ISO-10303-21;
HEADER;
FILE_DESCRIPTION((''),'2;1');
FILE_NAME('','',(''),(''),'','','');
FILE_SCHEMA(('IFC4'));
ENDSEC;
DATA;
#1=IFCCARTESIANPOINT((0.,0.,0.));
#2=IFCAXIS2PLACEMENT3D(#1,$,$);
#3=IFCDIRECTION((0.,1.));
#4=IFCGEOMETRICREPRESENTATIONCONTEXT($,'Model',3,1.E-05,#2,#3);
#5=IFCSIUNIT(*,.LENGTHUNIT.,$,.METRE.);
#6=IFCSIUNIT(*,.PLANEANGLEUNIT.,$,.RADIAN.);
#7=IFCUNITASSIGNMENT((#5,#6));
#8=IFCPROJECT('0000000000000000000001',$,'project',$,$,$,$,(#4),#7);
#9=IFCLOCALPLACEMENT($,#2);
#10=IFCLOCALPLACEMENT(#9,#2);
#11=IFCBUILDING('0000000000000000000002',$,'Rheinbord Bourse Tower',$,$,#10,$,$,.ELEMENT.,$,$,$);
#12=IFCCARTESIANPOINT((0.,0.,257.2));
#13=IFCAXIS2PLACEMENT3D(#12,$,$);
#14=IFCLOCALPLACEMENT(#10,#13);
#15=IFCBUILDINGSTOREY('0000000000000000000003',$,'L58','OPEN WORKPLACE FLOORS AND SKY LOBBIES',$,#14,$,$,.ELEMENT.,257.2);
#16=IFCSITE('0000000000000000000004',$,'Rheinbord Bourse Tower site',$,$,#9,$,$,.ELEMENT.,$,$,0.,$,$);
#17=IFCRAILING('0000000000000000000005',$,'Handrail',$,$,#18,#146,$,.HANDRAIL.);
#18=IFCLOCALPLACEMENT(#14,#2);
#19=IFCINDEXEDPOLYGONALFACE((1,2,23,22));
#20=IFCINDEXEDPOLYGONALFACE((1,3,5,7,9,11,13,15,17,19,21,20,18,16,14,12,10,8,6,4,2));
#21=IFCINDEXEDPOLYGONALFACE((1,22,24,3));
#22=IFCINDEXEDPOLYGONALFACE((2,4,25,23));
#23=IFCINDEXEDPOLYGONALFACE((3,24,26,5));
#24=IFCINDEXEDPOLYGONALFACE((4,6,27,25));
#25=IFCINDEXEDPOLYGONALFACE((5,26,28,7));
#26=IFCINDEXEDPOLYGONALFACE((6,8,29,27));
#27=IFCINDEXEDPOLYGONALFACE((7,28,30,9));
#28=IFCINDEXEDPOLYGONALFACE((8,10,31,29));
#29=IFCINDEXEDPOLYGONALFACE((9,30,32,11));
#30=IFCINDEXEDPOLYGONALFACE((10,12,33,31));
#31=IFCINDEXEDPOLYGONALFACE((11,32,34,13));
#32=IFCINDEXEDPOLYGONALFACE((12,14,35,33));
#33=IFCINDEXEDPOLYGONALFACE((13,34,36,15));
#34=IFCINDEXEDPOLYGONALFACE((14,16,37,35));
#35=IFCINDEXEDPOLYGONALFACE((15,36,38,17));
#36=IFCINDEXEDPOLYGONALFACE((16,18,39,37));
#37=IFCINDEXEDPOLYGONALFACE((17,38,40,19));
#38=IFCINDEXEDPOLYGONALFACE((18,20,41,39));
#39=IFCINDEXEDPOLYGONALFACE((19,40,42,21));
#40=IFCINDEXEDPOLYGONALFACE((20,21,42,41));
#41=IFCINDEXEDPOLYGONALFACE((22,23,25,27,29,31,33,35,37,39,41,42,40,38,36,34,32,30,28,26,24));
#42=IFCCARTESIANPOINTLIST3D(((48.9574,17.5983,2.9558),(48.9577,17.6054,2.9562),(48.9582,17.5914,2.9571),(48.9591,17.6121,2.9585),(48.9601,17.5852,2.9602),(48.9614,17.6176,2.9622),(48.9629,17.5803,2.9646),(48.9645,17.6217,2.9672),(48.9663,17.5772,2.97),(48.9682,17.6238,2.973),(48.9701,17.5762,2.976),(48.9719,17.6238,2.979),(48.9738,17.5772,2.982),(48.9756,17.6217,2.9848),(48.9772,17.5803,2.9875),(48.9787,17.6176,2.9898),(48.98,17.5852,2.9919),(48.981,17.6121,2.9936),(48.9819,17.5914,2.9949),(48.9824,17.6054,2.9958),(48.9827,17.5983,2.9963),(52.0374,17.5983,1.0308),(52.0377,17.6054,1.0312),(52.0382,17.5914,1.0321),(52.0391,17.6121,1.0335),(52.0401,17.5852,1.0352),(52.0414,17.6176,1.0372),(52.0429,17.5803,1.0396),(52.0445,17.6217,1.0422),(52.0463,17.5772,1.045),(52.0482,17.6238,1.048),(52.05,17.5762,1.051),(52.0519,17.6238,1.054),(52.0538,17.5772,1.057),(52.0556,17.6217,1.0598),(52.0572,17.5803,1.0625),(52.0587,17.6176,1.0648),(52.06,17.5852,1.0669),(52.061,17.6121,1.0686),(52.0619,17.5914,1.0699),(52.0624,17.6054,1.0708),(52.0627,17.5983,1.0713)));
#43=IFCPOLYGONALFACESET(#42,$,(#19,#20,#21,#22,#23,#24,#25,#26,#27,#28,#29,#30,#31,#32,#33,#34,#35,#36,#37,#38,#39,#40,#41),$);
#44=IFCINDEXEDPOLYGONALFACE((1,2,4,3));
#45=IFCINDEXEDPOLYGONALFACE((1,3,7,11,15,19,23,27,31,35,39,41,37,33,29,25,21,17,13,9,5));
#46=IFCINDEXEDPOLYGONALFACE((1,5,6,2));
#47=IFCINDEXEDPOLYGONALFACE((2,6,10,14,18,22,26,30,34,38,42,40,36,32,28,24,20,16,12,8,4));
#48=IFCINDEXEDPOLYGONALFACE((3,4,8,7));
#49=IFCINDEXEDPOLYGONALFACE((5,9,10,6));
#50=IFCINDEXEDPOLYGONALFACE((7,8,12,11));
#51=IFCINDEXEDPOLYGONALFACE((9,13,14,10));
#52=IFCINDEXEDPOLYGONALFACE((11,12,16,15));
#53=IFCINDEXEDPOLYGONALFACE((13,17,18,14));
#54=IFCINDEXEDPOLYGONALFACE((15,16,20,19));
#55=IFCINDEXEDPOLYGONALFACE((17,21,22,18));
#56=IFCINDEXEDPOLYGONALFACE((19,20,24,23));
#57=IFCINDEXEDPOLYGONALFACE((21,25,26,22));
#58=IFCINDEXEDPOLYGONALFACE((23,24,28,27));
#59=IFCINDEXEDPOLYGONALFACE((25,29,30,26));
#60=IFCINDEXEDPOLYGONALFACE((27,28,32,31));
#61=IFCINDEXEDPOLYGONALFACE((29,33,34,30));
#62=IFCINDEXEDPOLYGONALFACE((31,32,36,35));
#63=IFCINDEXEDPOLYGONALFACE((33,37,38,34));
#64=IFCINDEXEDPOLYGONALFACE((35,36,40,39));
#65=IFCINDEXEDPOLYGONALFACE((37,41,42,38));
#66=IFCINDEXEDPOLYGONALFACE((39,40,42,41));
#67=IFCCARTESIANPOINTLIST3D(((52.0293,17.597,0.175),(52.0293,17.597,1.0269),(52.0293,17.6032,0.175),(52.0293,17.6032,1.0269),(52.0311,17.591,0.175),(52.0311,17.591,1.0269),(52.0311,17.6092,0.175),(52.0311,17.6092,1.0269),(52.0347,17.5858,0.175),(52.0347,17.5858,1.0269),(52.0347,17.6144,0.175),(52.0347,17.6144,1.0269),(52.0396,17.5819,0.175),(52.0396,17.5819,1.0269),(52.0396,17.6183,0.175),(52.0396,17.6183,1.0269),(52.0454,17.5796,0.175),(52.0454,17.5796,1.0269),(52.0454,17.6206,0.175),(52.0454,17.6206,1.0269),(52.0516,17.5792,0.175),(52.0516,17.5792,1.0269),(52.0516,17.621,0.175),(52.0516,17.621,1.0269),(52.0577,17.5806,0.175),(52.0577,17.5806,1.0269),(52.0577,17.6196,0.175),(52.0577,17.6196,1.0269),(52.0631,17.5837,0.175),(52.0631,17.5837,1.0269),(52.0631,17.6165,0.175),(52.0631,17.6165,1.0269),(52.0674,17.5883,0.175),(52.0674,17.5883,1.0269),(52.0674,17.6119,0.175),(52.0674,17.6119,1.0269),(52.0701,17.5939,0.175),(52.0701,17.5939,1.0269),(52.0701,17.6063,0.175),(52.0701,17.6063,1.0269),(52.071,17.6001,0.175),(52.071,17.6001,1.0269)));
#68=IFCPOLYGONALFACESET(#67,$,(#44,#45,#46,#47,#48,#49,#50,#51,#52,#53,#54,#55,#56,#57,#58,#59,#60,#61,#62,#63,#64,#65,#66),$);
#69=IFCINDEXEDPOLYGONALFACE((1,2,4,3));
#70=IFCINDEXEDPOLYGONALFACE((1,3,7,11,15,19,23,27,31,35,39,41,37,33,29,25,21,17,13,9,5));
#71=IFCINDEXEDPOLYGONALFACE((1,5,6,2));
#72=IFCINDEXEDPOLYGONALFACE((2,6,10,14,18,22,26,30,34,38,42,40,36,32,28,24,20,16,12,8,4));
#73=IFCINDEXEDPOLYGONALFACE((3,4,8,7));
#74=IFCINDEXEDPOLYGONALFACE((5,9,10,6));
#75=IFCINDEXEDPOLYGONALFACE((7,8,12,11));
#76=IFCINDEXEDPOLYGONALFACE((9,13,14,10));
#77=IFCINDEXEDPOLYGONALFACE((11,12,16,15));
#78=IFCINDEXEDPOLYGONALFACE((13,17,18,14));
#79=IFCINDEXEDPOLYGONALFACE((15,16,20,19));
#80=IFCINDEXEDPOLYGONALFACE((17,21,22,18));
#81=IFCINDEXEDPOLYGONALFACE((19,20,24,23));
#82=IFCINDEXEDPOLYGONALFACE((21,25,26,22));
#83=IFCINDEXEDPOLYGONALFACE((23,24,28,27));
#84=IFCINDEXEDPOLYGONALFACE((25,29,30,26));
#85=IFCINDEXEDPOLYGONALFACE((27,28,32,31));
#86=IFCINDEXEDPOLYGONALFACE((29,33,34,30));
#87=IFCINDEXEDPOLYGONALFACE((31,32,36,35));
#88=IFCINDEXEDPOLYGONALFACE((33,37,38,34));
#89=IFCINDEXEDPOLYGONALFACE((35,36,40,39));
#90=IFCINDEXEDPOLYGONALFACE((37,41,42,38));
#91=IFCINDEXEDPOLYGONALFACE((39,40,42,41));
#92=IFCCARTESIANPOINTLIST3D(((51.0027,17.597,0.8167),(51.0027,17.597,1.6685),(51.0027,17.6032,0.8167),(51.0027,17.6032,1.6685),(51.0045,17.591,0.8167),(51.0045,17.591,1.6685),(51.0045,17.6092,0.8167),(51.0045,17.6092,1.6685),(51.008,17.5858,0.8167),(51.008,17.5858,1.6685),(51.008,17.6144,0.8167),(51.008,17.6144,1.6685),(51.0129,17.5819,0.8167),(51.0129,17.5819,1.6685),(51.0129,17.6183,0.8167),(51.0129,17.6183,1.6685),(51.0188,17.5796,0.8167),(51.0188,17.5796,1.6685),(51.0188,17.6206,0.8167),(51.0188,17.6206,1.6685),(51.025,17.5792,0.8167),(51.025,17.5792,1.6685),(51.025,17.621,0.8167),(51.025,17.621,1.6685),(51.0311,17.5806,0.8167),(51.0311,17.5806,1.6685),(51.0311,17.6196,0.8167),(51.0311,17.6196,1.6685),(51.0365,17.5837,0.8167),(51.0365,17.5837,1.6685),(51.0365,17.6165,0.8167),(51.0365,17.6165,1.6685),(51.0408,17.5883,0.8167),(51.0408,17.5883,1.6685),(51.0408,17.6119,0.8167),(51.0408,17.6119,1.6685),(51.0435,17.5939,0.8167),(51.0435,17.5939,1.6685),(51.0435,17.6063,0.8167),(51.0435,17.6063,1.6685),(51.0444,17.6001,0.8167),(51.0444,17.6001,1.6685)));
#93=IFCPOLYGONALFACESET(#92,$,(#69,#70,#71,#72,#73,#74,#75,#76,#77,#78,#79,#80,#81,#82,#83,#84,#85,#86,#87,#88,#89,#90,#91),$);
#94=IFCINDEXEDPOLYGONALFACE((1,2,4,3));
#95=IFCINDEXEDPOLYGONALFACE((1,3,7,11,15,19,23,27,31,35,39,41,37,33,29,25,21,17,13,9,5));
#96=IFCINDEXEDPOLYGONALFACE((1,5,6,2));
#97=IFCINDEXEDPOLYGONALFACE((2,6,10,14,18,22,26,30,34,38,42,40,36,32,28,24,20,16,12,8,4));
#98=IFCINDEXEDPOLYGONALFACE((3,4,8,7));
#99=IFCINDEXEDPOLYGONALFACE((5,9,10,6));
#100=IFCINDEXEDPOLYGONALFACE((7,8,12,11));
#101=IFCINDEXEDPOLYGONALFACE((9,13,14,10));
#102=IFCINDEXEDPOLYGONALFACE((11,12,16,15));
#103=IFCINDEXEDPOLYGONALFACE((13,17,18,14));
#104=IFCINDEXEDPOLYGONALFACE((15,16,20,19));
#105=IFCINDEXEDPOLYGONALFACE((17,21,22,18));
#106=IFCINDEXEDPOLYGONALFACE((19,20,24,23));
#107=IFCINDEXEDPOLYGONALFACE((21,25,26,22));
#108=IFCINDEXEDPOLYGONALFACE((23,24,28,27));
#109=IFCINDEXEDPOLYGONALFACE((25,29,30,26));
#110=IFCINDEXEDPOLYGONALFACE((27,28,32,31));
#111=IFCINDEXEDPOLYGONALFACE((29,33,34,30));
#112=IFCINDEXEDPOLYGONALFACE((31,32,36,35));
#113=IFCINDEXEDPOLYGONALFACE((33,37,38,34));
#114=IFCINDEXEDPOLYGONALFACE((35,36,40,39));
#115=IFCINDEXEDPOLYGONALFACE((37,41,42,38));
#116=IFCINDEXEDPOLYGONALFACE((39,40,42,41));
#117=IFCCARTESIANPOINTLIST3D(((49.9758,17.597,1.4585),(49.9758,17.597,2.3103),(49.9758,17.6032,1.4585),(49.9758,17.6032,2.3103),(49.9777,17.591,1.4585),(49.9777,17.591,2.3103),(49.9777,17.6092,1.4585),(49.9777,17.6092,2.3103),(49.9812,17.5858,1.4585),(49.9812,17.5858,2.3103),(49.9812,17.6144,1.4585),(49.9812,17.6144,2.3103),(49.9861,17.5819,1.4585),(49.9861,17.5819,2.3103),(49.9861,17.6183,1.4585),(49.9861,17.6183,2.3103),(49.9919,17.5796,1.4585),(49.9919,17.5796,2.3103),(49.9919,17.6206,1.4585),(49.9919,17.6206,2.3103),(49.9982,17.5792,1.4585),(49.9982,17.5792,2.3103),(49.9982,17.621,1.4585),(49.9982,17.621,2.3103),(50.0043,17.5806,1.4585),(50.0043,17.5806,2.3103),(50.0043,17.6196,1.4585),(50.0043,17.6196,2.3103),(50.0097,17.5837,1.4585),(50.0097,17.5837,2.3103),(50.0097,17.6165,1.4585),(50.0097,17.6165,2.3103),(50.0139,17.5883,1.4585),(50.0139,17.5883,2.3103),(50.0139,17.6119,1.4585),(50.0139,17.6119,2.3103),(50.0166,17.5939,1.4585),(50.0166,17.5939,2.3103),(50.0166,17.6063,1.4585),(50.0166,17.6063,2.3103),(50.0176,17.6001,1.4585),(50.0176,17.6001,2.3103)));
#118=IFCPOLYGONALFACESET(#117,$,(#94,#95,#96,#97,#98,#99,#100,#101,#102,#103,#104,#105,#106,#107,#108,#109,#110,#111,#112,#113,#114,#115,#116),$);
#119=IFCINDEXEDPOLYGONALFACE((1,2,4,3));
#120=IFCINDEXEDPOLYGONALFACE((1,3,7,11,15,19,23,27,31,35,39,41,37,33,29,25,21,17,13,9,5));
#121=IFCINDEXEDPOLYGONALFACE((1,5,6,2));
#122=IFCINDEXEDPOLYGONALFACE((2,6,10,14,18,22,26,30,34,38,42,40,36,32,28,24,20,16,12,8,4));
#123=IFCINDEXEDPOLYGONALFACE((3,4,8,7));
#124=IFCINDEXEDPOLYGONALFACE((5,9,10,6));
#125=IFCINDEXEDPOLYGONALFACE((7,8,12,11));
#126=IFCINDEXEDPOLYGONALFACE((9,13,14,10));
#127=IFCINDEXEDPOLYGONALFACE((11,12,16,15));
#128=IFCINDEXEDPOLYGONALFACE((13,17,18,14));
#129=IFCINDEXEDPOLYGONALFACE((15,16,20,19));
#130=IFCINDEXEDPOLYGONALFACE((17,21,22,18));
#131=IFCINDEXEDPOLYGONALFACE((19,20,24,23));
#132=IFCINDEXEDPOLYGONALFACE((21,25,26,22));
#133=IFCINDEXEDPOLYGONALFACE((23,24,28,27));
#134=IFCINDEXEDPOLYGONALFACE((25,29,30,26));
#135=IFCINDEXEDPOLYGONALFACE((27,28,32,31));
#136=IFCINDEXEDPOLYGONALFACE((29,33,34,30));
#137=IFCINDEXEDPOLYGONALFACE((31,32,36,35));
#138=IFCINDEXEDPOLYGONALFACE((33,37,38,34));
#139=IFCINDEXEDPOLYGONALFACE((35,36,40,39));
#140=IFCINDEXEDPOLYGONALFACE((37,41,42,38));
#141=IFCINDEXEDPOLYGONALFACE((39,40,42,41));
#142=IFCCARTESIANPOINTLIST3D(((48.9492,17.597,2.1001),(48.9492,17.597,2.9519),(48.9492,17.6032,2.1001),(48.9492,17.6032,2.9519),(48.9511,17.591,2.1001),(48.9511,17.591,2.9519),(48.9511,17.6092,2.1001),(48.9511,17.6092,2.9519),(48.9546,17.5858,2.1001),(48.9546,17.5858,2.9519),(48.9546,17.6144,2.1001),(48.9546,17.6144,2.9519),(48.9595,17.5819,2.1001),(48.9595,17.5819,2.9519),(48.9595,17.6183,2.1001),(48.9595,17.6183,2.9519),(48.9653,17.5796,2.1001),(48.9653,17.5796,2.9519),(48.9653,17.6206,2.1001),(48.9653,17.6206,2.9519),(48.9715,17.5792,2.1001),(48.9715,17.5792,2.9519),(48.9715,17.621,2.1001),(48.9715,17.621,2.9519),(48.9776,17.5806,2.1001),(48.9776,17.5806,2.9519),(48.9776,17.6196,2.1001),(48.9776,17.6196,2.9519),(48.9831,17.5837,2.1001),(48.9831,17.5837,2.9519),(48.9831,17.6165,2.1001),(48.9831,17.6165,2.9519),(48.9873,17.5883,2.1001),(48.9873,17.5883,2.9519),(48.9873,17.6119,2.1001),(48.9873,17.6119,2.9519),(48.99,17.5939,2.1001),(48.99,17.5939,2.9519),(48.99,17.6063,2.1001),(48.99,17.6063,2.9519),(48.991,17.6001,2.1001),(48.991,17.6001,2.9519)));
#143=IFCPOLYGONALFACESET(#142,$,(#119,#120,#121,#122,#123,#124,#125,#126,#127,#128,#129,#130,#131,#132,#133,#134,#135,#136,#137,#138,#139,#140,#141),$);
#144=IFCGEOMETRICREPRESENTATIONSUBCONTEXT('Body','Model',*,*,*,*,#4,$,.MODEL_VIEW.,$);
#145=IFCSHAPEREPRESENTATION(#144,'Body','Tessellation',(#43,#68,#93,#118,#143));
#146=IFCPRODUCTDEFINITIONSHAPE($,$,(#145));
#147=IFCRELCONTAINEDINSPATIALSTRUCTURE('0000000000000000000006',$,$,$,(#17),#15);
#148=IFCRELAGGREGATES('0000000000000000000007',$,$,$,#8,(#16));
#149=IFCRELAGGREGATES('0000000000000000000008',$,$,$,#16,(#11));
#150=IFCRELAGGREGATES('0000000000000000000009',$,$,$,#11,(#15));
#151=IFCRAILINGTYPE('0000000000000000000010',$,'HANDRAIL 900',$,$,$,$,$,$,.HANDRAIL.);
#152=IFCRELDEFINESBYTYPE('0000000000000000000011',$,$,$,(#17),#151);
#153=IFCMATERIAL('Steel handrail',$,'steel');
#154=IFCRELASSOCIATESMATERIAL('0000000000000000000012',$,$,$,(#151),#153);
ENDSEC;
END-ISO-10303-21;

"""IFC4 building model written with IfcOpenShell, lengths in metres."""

from ifc_helpers import new_model, si_unit, direction, frame, origin, origin_2d, place, context, subcontext, project, spatial, circle, extrude, material, type_object, element, save


model = new_model("IFC4")

# Units and contexts
model_context = context("Model", 3, precision=1e-05, world=origin(), true_north=direction((0.0, 1.0)))
body_context = subcontext(model_context, "Body", "Model", "MODEL_VIEW")
ifc_project = project(units=[si_unit("LENGTHUNIT", "METRE"), si_unit("PLANEANGLEUNIT", "RADIAN")], contexts=[model_context])

# Site, building, storey
site_placement = place(None, origin())
site = spatial("IfcSite", under=ifc_project, at=site_placement, Name="Rheinbord Bourse Tower site", CompositionType="ELEMENT", RefElevation=0.0)
building_placement = place(site_placement, origin())
building = spatial("IfcBuilding", under=site, at=building_placement, Name="Rheinbord Bourse Tower", CompositionType="ELEMENT")
storey_placement = place(building_placement, frame((0.0, 0.0, 257.2)))
storey = spatial("IfcBuildingStorey", under=building, at=storey_placement, Name="L58", Description="OPEN WORKPLACE FLOORS AND SKY LOBBIES", CompositionType="ELEMENT", Elevation=257.2)

# Railing
ifc_material_1 = material(Name="Steel handrail", Category="steel")
railing_type = type_object("IfcRailingType", Name="HANDRAIL 900", PredefinedType="HANDRAIL", material=ifc_material_1)
railing_1_placement = place(storey_placement, frame((52.05, 17.6001, 0.175)))
element("IfcRailing", 1, at=railing_1_placement, inside=storey, type_object=railing_type, Name="Handrail", PredefinedType="HANDRAIL", context=body_context, shape_type="SweptSolid", body=[
    extrude(circle(Radius=0.0239, at=origin_2d()), frame((0.0, 0.0, 0.876), z_axis=(-0.847998, 0.0, 0.529999), x_axis=(0.0, -1.0, 0.0)), (0.0, 0.0, 1.0), 3.6321),
    extrude(circle(Radius=0.021, at=origin_2d()), origin(), (0.0, 0.0, 1.0), 0.8518),
    extrude(circle(Radius=0.021, at=origin_2d()), frame((-1.0266, 0.0, 0.6416)), (0.0, 0.0, 1.0), 0.8518),
    extrude(circle(Radius=0.021, at=origin_2d()), frame((-2.0535, 0.0, 1.2834)), (0.0, 0.0, 1.0), 0.8518),
    extrude(circle(Radius=0.021, at=origin_2d()), frame((-3.0801, 0.0, 1.925)), (0.0, 0.0, 1.0), 0.8518),
])

save(model, "model.ifc")
